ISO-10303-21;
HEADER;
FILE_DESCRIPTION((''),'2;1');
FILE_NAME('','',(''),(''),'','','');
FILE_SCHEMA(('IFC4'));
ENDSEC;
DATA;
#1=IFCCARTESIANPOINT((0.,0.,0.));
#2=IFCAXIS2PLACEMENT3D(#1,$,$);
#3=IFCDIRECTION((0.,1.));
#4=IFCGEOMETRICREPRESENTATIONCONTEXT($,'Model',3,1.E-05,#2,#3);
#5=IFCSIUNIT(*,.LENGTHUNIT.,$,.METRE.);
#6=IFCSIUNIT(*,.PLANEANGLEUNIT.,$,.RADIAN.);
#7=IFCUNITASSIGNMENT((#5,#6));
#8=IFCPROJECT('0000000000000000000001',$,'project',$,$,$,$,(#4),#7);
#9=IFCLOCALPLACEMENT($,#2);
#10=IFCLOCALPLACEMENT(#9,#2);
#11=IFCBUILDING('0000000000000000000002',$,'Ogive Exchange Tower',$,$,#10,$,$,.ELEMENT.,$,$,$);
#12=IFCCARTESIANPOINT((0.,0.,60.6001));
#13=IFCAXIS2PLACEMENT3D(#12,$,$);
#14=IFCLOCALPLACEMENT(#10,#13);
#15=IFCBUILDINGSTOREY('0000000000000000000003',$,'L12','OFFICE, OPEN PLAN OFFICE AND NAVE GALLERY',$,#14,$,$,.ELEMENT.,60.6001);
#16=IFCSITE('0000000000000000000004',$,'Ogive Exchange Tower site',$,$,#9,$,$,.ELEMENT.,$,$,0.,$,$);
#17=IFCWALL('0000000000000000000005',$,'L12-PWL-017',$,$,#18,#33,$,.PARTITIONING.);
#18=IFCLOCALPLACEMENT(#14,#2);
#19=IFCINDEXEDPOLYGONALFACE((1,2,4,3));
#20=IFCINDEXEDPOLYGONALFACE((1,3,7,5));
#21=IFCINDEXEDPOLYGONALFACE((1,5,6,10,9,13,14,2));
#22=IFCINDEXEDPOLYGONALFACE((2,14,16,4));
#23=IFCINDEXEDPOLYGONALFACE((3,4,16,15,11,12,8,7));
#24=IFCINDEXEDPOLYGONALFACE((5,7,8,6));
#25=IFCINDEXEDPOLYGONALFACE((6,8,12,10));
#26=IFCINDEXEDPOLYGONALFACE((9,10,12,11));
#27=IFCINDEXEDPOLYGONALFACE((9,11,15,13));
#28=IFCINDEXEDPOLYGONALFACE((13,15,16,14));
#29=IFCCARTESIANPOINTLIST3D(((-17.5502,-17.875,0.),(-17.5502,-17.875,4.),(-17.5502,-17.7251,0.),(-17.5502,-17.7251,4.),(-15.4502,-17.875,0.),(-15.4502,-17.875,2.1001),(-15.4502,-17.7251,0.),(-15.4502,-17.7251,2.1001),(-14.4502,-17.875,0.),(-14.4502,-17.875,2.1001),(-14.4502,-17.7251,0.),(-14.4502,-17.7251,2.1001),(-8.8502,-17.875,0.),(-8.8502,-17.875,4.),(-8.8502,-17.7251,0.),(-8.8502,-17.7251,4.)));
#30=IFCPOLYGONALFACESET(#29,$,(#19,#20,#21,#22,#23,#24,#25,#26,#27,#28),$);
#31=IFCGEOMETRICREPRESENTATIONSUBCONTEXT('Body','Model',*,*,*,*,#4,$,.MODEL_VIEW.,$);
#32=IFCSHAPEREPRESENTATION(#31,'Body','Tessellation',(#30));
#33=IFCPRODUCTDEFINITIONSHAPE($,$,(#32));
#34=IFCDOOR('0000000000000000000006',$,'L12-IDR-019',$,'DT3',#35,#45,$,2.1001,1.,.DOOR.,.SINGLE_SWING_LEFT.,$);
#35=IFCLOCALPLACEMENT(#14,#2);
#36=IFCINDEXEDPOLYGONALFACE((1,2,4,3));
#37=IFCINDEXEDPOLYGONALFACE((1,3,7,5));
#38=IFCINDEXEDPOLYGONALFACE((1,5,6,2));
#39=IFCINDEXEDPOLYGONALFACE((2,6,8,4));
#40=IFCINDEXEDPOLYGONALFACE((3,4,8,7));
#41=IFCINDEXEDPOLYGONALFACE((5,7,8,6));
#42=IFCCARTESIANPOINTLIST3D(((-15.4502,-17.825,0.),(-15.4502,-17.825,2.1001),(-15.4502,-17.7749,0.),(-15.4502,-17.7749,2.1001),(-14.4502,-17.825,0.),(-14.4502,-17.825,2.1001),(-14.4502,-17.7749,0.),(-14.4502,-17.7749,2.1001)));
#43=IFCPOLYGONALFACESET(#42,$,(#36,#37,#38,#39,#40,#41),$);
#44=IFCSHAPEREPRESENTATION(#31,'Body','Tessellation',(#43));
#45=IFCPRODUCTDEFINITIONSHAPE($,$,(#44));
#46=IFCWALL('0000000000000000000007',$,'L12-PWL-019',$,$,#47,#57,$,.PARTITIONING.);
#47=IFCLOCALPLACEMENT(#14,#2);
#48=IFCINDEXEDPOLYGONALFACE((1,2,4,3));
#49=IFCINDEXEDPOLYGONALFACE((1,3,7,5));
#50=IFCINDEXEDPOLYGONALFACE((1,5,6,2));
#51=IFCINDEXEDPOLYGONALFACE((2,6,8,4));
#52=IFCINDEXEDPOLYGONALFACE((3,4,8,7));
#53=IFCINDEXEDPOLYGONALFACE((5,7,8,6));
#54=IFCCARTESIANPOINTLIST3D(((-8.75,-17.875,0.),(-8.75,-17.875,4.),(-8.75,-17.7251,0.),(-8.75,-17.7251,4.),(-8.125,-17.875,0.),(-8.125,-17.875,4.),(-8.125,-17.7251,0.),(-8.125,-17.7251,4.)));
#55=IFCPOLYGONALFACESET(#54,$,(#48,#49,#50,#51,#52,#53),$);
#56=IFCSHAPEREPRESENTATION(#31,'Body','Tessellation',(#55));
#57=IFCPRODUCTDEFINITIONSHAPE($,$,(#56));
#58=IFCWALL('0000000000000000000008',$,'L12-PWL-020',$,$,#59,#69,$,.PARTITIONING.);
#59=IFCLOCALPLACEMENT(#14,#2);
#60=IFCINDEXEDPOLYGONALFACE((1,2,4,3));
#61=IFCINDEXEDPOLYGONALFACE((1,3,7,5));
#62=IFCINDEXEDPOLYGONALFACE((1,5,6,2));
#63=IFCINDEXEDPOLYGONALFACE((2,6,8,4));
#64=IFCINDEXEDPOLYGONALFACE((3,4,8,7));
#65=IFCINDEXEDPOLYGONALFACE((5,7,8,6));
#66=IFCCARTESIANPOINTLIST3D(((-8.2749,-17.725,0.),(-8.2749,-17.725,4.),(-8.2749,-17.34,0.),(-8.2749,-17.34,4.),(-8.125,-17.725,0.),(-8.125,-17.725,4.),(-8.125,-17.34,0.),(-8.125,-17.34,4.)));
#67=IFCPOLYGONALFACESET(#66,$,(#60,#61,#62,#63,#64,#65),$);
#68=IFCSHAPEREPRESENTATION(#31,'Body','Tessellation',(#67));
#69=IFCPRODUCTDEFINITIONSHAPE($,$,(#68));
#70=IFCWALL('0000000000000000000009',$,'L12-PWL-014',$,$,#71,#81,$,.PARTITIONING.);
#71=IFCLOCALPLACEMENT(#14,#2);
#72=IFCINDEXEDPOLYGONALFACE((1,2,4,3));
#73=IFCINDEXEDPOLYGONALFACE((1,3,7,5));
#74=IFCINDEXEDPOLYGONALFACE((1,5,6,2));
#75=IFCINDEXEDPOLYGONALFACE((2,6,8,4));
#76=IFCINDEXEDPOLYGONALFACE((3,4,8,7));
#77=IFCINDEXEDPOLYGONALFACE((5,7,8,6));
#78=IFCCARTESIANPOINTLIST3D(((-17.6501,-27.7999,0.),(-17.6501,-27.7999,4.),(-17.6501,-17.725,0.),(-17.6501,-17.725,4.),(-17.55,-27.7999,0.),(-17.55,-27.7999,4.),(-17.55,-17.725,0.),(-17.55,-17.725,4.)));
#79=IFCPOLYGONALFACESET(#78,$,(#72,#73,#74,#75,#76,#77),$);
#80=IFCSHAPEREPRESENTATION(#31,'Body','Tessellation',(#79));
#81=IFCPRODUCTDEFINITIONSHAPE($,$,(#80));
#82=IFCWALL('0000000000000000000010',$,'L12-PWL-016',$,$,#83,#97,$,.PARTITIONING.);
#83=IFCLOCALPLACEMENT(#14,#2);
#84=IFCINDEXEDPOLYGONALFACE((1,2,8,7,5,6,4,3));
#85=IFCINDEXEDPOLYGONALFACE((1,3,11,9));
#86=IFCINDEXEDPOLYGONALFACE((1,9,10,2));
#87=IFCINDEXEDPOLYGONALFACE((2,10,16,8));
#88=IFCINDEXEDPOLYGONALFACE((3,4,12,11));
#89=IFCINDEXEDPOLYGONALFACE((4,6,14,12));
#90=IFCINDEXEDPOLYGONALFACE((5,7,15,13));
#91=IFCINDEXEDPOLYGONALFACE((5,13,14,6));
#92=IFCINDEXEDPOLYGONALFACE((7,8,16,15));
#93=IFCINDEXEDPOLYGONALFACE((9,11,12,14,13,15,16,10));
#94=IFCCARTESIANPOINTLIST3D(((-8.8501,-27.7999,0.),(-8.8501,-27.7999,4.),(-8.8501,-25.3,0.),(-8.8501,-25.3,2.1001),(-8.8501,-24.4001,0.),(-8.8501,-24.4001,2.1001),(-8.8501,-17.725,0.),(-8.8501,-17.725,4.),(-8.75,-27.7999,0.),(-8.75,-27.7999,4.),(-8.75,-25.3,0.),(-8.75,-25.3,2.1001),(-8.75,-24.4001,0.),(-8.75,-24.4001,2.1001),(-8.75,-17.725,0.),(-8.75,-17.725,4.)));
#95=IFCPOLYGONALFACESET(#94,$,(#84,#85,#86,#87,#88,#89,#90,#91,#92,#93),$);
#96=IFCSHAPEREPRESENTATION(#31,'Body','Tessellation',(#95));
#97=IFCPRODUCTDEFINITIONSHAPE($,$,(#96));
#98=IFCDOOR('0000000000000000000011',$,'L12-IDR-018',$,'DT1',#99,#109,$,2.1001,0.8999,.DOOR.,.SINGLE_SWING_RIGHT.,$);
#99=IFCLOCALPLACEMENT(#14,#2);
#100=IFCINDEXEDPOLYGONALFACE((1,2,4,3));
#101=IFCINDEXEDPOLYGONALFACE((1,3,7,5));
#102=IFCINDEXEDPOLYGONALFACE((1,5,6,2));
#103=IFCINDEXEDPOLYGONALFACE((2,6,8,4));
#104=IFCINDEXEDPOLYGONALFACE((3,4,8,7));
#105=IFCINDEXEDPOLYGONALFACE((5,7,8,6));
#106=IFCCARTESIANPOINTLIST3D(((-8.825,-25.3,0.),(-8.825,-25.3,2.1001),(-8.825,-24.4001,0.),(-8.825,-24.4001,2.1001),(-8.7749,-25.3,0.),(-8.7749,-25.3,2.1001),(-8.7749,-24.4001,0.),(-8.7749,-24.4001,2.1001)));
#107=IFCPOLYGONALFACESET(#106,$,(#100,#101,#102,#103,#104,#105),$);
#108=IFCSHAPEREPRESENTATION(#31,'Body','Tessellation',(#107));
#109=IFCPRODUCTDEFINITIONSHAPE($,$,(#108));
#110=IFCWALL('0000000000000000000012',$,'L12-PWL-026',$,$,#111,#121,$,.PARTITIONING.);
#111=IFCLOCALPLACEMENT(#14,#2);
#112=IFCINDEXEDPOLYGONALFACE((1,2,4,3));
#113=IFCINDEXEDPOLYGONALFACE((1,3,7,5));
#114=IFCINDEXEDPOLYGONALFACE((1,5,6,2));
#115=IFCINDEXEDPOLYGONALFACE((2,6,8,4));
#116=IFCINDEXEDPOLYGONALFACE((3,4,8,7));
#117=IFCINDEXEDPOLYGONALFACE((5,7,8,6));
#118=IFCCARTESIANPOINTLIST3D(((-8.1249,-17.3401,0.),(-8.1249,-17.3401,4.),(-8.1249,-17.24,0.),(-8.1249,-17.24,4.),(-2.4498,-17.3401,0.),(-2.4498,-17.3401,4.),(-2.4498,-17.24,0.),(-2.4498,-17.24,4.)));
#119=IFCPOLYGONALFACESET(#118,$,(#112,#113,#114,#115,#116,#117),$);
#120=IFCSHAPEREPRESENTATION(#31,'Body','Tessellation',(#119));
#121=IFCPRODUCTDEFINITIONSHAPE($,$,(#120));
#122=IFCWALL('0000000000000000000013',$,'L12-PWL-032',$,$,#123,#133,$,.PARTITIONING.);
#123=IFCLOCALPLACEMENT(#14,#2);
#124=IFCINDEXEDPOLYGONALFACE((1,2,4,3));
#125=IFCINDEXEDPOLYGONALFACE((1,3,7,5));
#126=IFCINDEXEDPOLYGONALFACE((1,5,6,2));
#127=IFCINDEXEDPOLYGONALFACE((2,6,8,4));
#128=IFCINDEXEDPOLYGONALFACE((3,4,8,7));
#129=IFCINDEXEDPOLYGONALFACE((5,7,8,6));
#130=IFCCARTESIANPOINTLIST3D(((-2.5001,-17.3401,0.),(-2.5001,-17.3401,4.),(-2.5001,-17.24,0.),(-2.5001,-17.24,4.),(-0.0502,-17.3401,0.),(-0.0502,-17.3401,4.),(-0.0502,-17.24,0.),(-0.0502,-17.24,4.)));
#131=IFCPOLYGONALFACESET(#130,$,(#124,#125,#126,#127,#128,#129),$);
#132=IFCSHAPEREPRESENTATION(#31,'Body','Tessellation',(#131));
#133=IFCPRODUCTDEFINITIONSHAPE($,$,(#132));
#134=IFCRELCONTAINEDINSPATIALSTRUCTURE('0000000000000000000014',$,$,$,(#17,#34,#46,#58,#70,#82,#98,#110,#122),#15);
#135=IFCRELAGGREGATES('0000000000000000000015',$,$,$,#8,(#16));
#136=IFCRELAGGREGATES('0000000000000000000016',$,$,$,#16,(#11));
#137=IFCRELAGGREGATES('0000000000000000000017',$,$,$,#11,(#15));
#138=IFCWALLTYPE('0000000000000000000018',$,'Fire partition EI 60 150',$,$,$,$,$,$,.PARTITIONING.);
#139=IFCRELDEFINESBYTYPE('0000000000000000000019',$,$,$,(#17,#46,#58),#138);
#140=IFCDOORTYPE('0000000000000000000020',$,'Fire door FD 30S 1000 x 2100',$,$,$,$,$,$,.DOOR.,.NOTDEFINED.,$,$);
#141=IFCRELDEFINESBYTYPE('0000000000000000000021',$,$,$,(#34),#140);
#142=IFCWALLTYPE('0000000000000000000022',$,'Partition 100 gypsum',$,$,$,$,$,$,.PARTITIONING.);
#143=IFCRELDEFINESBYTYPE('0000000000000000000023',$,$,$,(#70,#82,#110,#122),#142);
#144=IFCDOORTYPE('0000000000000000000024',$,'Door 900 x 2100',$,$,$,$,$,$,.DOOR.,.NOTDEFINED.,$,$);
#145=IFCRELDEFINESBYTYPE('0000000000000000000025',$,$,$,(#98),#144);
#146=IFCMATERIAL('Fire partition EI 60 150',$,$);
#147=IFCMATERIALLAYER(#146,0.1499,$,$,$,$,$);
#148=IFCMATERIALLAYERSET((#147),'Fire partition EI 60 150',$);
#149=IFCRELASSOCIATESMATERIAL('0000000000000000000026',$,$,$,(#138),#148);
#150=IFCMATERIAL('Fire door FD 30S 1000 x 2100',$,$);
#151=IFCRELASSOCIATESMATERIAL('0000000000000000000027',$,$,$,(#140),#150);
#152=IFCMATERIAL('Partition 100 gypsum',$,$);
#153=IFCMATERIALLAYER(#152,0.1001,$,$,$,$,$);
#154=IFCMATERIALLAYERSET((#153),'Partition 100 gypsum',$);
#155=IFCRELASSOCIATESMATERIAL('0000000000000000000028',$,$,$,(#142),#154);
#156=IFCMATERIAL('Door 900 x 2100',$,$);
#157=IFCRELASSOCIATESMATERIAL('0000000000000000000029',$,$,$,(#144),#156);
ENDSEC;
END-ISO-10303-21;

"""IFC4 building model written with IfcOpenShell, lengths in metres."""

from ifc_helpers import new_model, si_unit, direction, frame, frame_2d, origin, place, context, subcontext, project, spatial, rectangle, extrude, material, layer, layer_set, type_object, element, fill, save


model = new_model("IFC4")

# Units and contexts
model_context = context("Model", 3, precision=1e-05, world=origin(), true_north=direction((0.0, 1.0)))
body_context = subcontext(model_context, "Body", "Model", "MODEL_VIEW")
ifc_project = project(units=[si_unit("LENGTHUNIT", "METRE"), si_unit("PLANEANGLEUNIT", "RADIAN")], contexts=[model_context])

# Site, building, storey
site_placement = place(None, origin())
site = spatial("IfcSite", under=ifc_project, at=site_placement, Name="Ogive Exchange Tower site", CompositionType="ELEMENT", RefElevation=0.0)
building_placement = place(site_placement, origin())
building = spatial("IfcBuilding", under=site, at=building_placement, Name="Ogive Exchange Tower", CompositionType="ELEMENT")
storey_placement = place(building_placement, frame((0.0, 0.0, 60.6001)))
storey = spatial("IfcBuildingStorey", under=building, at=storey_placement, Name="L12", Description="OFFICE, OPEN PLAN OFFICE AND NAVE GALLERY", CompositionType="ELEMENT", Elevation=60.6001)

# Wall, opening, door
ifc_material_1 = material(Name="Fire partition EI 60 150")
ifc_layer_1 = layer(ifc_material_1, 0.1499)
ifc_layer_set_1 = layer_set([ifc_layer_1], Name="Fire partition EI 60 150")
wall_type_1 = type_object("IfcWallType", Name="Fire partition EI 60 150", PredefinedType="PARTITIONING", material=ifc_layer_set_1)
ifc_material_2 = material(Name="Fire door FD 30S 1000 x 2100")
door_type_1 = type_object("IfcDoorType", Name="Fire door FD 30S 1000 x 2100", OperationType="NOTDEFINED", PredefinedType="DOOR", material=ifc_material_2)
wall_1_placement = place(storey_placement, frame((-8.8501, -17.8, 0.0), z_axis=(0.0, 0.0, 1.0), x_axis=(-1.0, 0.0, 0.0)))
wall_1 = element("IfcWall", 1, at=wall_1_placement, inside=storey, type_object=wall_type_1, Name="L12-PWL-017", PredefinedType="PARTITIONING", context=body_context, shape_type="SweptSolid", body=[
    extrude(rectangle(XDim=8.7, YDim=0.1499, at=frame_2d((4.3501, 0.0))), origin(), (0.0, 0.0, 1.0), 4.0),
])
opening_1_placement = place(wall_1_placement, frame((5.6001, 0.0, 0.0)))
opening_1 = element("IfcOpeningElement", 2, at=opening_1_placement, cuts=wall_1, PredefinedType="OPENING", context=body_context, shape_type="SweptSolid", body=[
    extrude(rectangle(XDim=1.0, YDim=2.1001, at=frame_2d((0.5, 1.05))), frame((0.0, 0.085, 0.0), z_axis=(0.0, -1.0, 0.0), x_axis=(1.0, 0.0, 0.0)), (0.0, 0.0, 1.0), 0.1699),
])
door_1_placement = place(opening_1_placement, origin())
door_1 = element("IfcDoor", 3, at=door_1_placement, inside=storey, type_object=door_type_1, Name="L12-IDR-019", ObjectType="DT3", OperationType="SINGLE_SWING_LEFT", OverallHeight=2.1001, OverallWidth=1.0, PredefinedType="DOOR", context=body_context, shape_type="SweptSolid", body=[
    extrude(rectangle(XDim=1.0, YDim=2.1001, at=frame_2d((0.5, 1.05))), frame((0.0, 0.0249, 0.0), z_axis=(0.0, -1.0, 0.0), x_axis=(1.0, 0.0, 0.0)), (0.0, 0.0, 1.0), 0.05),
])
fill(opening_1, door_1)

# Walls
wall_2_placement = place(storey_placement, frame((-8.125, -17.8, 0.0), z_axis=(0.0, 0.0, 1.0), x_axis=(-1.0, 0.0, 0.0)))
element("IfcWall", 4, at=wall_2_placement, inside=storey, type_object=wall_type_1, Name="L12-PWL-019", PredefinedType="PARTITIONING", context=body_context, shape_type="SweptSolid", body=[
    extrude(rectangle(XDim=0.625, YDim=0.1499, at=frame_2d((0.3125, 0.0))), origin(), (0.0, 0.0, 1.0), 4.0),
])
wall_3_placement = place(storey_placement, frame((-8.2, -17.3401, 0.0), z_axis=(0.0, 0.0, 1.0), x_axis=(0.0, -1.0, 0.0)))
element("IfcWall", 5, at=wall_3_placement, inside=storey, type_object=wall_type_1, Name="L12-PWL-020", PredefinedType="PARTITIONING", context=body_context, shape_type="SweptSolid", body=[
    extrude(rectangle(XDim=0.385, YDim=0.1499, at=frame_2d((0.1924, 0.0))), origin(), (0.0, 0.0, 1.0), 4.0),
])
ifc_material_3 = material(Name="Partition 100 gypsum")
ifc_layer_2 = layer(ifc_material_3, 0.1001)
ifc_layer_set_2 = layer_set([ifc_layer_2], Name="Partition 100 gypsum")
wall_type_2 = type_object("IfcWallType", Name="Partition 100 gypsum", PredefinedType="PARTITIONING", material=ifc_layer_set_2)
wall_4_placement = place(storey_placement, frame((-17.6001, -27.8, 0.0), z_axis=(0.0, 0.0, 1.0), x_axis=(0.0, 1.0, 0.0)))
element("IfcWall", 6, at=wall_4_placement, inside=storey, type_object=wall_type_2, Name="L12-PWL-014", PredefinedType="PARTITIONING", context=body_context, shape_type="SweptSolid", body=[
    extrude(rectangle(XDim=10.075, YDim=0.1001, at=frame_2d((5.0376, 0.0))), origin(), (0.0, 0.0, 1.0), 4.0),
])

# Wall, opening, door
wall_5_placement = place(storey_placement, frame((-8.8, -27.8, 0.0), z_axis=(0.0, 0.0, 1.0), x_axis=(0.0, 1.0, 0.0)))
wall_5 = element("IfcWall", 7, at=wall_5_placement, inside=storey, type_object=wall_type_2, Name="L12-PWL-016", PredefinedType="PARTITIONING", context=body_context, shape_type="SweptSolid", body=[
    extrude(rectangle(XDim=10.075, YDim=0.1001, at=frame_2d((5.0376, 0.0))), origin(), (0.0, 0.0, 1.0), 4.0),
])
opening_2_placement = place(wall_5_placement, frame((2.5, 0.0, 0.0)))
opening_2 = element("IfcOpeningElement", 8, at=opening_2_placement, cuts=wall_5, PredefinedType="OPENING", context=body_context, shape_type="SweptSolid", body=[
    extrude(rectangle(XDim=0.8999, YDim=2.1001, at=frame_2d((0.45, 1.05))), frame((0.0, 0.0601, 0.0), z_axis=(0.0, -1.0, 0.0), x_axis=(1.0, 0.0, 0.0)), (0.0, 0.0, 1.0), 0.1201),
])
ifc_material_4 = material(Name="Door 900 x 2100")
door_type_2 = type_object("IfcDoorType", Name="Door 900 x 2100", OperationType="NOTDEFINED", PredefinedType="DOOR", material=ifc_material_4)
door_2_placement = place(opening_2_placement, origin())
door_2 = element("IfcDoor", 9, at=door_2_placement, inside=storey, type_object=door_type_2, Name="L12-IDR-018", ObjectType="DT1", OperationType="SINGLE_SWING_RIGHT", OverallHeight=2.1001, OverallWidth=0.8999, PredefinedType="DOOR", context=body_context, shape_type="SweptSolid", body=[
    extrude(rectangle(XDim=0.8999, YDim=2.1001, at=frame_2d((0.45, 1.05))), frame((0.0, 0.0249, 0.0), z_axis=(0.0, -1.0, 0.0), x_axis=(1.0, 0.0, 0.0)), (0.0, 0.0, 1.0), 0.05),
])
fill(opening_2, door_2)

# Walls
wall_6_placement = place(storey_placement, frame((-2.45, -17.29, 0.0), z_axis=(0.0, 0.0, 1.0), x_axis=(-1.0, 0.0, 0.0)))
element("IfcWall", 10, at=wall_6_placement, inside=storey, type_object=wall_type_2, Name="L12-PWL-026", PredefinedType="PARTITIONING", context=body_context, shape_type="SweptSolid", body=[
    extrude(rectangle(XDim=5.675, YDim=0.1001, at=frame_2d((2.8374, 0.0))), origin(), (0.0, 0.0, 1.0), 4.0),
])
wall_7_placement = place(storey_placement, frame((-0.05, -17.29, 0.0), z_axis=(0.0, 0.0, 1.0), x_axis=(-1.0, 0.0, 0.0)))
element("IfcWall", 11, at=wall_7_placement, inside=storey, type_object=wall_type_2, Name="L12-PWL-032", PredefinedType="PARTITIONING", context=body_context, shape_type="SweptSolid", body=[
    extrude(rectangle(XDim=2.45, YDim=0.1001, at=frame_2d((1.2251, 0.0))), origin(), (0.0, 0.0, 1.0), 4.0),
])

save(model, "model.ifc")
